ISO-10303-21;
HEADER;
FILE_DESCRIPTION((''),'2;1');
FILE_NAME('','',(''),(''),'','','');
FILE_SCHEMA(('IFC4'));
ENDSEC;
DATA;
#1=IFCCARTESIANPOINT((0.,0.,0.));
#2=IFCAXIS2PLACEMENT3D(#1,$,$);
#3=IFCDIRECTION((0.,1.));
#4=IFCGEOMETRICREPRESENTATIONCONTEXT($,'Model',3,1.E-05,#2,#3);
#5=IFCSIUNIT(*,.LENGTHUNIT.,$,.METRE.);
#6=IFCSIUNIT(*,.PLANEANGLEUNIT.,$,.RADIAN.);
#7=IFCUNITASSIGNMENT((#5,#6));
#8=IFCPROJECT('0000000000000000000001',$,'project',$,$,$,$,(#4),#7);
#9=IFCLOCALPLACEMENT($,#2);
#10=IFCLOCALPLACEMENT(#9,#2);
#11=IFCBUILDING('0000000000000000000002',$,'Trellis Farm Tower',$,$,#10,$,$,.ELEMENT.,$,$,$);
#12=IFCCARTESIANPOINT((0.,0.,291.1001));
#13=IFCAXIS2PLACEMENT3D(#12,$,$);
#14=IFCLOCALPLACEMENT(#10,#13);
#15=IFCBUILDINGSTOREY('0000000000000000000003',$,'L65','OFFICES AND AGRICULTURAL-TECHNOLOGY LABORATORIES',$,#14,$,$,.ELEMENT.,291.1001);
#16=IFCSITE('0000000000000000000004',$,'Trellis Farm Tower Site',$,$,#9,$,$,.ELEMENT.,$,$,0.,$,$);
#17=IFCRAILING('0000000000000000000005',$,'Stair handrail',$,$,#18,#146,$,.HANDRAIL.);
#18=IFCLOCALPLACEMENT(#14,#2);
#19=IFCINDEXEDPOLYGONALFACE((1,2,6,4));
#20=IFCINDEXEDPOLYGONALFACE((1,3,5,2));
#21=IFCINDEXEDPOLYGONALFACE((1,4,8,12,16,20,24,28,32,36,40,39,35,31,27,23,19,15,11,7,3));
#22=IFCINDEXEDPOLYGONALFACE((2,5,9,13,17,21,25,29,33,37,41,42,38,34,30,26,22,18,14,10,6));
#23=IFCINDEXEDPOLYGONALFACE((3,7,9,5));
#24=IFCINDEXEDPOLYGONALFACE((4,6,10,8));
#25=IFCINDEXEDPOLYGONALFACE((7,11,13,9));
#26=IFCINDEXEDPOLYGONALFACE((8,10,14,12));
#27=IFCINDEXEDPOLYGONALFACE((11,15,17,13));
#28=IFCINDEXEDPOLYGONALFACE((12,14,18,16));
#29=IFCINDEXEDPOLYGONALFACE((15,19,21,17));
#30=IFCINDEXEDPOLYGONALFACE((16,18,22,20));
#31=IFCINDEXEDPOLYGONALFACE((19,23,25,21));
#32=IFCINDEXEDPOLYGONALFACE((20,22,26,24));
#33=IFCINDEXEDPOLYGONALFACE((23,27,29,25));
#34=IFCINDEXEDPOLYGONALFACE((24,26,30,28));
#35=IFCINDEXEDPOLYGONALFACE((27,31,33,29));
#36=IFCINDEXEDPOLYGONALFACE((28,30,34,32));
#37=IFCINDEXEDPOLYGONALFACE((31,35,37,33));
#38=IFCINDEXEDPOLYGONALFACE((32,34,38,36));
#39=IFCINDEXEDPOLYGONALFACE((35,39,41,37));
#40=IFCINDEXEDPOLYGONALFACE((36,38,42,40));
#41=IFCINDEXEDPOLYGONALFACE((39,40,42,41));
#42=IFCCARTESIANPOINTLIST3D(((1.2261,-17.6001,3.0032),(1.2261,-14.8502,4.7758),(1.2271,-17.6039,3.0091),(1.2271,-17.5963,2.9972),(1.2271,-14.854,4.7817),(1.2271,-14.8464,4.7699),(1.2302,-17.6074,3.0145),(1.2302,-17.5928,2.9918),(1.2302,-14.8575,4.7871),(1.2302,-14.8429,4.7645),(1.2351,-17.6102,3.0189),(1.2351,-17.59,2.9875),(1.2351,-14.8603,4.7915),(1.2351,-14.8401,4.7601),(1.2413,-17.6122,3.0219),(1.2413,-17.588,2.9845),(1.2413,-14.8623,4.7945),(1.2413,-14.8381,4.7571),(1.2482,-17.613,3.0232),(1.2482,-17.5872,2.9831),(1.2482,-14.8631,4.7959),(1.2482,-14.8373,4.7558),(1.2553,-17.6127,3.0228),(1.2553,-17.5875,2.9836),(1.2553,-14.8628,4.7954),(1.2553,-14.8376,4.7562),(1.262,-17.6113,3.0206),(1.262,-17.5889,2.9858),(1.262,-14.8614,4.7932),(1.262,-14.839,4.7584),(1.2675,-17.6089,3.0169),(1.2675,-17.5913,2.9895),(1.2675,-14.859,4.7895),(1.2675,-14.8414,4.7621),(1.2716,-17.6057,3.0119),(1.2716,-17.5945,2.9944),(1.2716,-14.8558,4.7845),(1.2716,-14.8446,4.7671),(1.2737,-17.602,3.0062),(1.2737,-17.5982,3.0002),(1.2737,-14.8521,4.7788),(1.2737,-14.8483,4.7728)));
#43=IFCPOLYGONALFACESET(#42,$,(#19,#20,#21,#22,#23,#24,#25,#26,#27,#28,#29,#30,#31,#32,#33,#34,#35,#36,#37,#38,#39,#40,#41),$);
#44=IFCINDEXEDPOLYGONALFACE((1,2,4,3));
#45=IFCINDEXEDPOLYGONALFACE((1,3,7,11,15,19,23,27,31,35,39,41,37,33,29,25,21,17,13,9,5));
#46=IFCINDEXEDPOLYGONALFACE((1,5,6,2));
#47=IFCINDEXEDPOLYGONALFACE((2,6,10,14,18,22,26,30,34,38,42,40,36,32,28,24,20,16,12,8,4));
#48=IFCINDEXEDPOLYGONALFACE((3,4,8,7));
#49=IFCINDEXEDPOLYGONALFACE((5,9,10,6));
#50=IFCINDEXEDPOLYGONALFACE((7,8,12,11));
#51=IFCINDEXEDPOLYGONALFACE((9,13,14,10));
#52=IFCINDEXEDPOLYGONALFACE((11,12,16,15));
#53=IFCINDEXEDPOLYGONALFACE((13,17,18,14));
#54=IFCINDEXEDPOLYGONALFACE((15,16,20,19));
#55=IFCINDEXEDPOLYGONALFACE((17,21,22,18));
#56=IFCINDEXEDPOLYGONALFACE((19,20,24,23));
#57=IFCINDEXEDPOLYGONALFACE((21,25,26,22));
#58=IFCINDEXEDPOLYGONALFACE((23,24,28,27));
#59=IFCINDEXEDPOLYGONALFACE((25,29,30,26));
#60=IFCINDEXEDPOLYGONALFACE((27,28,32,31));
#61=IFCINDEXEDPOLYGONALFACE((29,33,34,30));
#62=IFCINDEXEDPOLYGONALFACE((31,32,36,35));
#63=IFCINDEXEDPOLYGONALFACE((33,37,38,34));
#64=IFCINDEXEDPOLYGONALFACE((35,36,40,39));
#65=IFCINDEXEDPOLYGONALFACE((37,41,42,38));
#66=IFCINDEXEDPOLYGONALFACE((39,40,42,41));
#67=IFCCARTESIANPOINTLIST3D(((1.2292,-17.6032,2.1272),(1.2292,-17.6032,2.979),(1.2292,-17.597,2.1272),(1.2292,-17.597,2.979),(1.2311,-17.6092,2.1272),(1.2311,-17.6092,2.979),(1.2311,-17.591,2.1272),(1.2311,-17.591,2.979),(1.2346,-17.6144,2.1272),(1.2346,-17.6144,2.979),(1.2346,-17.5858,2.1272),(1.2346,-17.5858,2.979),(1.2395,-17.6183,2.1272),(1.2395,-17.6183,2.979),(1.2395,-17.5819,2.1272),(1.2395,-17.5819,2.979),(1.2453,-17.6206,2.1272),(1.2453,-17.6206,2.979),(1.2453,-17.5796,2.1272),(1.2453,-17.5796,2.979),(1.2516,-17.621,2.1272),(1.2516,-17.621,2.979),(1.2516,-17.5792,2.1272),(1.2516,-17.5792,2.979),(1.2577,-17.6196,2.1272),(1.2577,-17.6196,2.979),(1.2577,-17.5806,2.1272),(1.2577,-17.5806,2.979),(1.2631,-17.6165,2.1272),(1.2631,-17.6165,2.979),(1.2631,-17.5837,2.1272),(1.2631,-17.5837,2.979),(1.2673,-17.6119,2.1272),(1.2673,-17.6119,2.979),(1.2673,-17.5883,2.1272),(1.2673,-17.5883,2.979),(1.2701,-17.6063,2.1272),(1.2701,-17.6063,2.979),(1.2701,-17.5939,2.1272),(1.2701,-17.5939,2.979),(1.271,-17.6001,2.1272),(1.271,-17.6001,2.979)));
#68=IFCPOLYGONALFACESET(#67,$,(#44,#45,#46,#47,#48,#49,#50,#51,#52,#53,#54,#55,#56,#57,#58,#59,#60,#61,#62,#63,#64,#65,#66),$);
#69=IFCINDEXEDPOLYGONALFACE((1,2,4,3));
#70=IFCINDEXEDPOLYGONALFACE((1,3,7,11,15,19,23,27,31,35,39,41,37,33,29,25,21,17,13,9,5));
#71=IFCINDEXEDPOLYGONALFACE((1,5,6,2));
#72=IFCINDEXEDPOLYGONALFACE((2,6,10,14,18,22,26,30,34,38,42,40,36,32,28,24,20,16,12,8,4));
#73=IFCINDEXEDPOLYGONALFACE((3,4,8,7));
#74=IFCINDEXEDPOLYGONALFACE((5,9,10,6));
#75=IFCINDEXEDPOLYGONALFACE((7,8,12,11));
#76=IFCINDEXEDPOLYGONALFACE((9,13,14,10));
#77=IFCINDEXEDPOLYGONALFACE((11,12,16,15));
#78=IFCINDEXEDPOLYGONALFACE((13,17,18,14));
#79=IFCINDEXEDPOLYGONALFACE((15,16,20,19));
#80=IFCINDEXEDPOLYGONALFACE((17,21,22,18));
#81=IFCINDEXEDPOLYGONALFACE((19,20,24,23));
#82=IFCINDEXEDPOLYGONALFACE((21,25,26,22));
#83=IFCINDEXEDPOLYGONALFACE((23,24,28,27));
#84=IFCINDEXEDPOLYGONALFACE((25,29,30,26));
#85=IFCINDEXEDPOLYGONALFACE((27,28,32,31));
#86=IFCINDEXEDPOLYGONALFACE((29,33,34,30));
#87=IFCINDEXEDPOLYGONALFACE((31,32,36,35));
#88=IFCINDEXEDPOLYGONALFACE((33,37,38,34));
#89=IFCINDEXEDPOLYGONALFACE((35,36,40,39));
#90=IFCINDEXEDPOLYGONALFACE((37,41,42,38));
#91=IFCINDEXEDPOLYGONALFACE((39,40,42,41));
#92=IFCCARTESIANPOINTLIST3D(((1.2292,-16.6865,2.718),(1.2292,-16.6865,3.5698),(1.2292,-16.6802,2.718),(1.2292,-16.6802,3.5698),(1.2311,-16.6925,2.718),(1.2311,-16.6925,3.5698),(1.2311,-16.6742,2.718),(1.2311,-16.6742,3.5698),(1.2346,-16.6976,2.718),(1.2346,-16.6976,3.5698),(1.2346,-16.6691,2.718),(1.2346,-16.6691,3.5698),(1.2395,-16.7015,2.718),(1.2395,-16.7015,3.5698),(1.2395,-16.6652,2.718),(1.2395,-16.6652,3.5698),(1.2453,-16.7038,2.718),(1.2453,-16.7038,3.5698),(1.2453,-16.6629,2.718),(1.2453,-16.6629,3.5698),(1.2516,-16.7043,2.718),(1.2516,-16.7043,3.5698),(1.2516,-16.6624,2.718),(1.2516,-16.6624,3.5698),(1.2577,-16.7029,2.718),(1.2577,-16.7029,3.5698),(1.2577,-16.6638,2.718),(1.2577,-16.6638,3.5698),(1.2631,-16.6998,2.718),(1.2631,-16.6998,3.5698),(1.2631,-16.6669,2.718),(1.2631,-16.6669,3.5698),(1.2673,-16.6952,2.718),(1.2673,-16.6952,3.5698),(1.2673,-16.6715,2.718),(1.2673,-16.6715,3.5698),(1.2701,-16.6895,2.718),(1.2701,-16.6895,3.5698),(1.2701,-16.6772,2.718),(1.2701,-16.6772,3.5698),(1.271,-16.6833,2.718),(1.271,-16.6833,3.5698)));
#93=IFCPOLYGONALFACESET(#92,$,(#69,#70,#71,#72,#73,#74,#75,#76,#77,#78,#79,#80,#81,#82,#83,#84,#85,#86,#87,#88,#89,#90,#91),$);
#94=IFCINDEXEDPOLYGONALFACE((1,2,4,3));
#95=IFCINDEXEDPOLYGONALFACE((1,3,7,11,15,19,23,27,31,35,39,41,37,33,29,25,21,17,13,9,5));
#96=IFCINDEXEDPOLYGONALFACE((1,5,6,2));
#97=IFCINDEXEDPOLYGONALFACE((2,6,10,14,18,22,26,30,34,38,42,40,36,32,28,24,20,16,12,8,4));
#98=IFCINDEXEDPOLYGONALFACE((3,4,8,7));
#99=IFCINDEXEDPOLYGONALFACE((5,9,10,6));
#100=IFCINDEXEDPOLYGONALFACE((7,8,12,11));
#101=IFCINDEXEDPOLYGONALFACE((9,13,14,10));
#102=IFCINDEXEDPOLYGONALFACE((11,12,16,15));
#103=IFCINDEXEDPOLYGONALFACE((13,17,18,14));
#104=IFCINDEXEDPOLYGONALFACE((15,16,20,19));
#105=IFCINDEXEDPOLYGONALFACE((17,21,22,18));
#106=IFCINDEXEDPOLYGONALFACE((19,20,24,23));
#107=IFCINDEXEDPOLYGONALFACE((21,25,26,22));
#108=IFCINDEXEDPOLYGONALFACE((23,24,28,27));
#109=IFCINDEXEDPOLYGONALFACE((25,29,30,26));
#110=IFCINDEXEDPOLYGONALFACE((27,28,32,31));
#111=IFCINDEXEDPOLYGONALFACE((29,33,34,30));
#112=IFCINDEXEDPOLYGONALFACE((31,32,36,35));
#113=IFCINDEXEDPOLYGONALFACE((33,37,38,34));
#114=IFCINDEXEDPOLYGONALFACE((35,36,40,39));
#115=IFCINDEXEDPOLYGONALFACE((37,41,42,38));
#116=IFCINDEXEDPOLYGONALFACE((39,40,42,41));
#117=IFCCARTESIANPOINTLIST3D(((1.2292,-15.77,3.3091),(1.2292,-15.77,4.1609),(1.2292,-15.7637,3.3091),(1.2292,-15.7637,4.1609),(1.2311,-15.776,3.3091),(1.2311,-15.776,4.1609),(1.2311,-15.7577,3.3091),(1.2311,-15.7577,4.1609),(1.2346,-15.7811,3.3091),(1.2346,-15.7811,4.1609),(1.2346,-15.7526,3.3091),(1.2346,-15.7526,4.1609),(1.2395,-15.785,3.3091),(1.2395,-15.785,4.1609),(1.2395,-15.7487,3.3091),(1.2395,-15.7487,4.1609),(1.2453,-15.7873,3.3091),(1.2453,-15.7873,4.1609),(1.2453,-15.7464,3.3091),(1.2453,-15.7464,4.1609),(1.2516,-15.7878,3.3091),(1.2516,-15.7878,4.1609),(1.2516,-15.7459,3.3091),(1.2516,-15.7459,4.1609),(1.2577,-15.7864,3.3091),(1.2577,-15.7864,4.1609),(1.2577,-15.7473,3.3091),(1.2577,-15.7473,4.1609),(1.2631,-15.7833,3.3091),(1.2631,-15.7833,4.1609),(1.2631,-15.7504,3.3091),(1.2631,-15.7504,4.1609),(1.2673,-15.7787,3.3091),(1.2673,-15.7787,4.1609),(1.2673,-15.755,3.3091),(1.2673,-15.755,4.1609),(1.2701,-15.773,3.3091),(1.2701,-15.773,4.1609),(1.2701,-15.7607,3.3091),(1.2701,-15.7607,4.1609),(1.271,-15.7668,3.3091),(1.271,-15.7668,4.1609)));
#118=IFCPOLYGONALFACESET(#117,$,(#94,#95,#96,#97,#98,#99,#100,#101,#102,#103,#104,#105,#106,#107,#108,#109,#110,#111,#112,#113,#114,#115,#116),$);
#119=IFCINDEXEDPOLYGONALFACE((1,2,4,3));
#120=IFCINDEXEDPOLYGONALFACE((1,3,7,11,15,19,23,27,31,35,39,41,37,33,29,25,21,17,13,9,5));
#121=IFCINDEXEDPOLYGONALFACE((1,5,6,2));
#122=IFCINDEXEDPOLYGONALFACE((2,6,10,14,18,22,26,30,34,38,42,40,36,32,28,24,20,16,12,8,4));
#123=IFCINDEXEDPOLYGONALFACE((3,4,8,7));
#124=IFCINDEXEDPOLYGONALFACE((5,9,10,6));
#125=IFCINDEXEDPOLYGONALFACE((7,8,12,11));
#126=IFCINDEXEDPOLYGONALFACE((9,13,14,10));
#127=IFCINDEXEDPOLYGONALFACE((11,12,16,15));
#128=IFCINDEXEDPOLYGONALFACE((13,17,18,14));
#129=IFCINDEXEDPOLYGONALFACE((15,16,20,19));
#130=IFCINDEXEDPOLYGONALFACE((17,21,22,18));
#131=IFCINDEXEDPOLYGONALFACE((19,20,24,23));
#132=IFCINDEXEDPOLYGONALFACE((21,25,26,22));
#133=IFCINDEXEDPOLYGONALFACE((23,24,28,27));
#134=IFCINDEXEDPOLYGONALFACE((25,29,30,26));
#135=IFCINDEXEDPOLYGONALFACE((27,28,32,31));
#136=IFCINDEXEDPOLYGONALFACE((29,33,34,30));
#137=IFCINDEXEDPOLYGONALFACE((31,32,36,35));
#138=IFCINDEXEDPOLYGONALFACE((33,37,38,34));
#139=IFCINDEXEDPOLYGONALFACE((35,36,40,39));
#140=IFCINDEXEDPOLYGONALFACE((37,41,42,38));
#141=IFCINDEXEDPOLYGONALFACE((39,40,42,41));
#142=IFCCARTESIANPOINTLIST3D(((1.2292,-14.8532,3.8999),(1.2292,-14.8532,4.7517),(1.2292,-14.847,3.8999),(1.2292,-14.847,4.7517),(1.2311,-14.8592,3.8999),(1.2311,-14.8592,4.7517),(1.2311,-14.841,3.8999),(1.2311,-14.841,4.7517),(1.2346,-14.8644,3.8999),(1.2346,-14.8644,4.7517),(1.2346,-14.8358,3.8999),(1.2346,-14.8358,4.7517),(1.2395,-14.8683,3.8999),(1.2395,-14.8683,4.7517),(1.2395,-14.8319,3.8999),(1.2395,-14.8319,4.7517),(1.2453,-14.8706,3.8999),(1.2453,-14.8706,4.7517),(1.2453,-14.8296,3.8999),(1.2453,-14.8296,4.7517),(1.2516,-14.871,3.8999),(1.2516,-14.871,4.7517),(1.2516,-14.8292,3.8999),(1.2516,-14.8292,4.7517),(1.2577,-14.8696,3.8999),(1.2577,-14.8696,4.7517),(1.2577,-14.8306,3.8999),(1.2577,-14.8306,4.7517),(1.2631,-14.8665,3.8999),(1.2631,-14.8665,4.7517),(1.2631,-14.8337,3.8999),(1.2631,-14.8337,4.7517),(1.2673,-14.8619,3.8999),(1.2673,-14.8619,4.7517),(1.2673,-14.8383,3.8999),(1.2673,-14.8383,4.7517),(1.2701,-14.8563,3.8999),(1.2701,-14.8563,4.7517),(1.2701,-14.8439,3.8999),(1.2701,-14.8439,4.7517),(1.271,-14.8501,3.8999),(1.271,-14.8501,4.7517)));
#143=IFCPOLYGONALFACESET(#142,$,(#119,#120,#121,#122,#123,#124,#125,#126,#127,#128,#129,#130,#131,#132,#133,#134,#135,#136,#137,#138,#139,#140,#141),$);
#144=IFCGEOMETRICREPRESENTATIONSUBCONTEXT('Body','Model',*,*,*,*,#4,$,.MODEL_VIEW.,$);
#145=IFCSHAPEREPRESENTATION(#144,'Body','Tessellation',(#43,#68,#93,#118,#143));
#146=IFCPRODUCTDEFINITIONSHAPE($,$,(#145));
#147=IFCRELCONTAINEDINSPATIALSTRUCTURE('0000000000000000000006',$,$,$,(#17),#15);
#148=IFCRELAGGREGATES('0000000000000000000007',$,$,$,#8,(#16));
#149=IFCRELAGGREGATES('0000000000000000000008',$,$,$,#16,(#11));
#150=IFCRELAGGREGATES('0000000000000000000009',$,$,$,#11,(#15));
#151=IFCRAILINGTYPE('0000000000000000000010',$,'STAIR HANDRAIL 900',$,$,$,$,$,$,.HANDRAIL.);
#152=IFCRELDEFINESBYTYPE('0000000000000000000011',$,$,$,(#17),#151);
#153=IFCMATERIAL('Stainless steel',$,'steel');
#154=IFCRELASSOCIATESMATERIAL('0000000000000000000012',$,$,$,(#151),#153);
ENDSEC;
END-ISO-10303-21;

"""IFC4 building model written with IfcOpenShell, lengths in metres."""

from ifc_helpers import new_model, si_unit, direction, frame, origin, origin_2d, place, context, subcontext, project, spatial, circle, extrude, source, transform, mapped, material, type_object, element, save


model = new_model("IFC4")

# Units and contexts
model_context = context("Model", 3, precision=1e-05, world=origin(), true_north=direction((0.0, 1.0)))
body_context = subcontext(model_context, "Body", "Model", "MODEL_VIEW")
ifc_project = project(units=[si_unit("LENGTHUNIT", "METRE"), si_unit("PLANEANGLEUNIT", "RADIAN")], contexts=[model_context])

# Site, building, storey
site_placement = place(None, origin())
site = spatial("IfcSite", under=ifc_project, at=site_placement, Name="Trellis Farm Tower Site", CompositionType="ELEMENT", RefElevation=0.0)
building_placement = place(site_placement, origin())
building = spatial("IfcBuilding", under=site, at=building_placement, Name="Trellis Farm Tower", CompositionType="ELEMENT")
storey_placement = place(building_placement, frame((0.0, 0.0, 291.1001)))
storey = spatial("IfcBuildingStorey", under=building, at=storey_placement, Name="L65", Description="OFFICES AND AGRICULTURAL-TECHNOLOGY LABORATORIES", CompositionType="ELEMENT", Elevation=291.1001)

# Railing
ifc_material_1 = material(Name="Stainless steel", Category="steel")
railing_type = type_object("IfcRailingType", Name="STAIR HANDRAIL 900", PredefinedType="HANDRAIL", material=ifc_material_1)
shared_shape_1 = source(origin(), body_context, "Body", "SweptSolid", [
    extrude(circle(Radius=0.0239, at=origin_2d()), frame((0.0, 0.0, 0.876), z_axis=(0.0, 0.840504, 0.541806), x_axis=(-1.0, 0.0, 0.0)), (0.0, 0.0, 1.0), 3.2717),
    extrude(circle(Radius=0.021, at=origin_2d()), origin(), (0.0, 0.0, 1.0), 0.8518),
    extrude(circle(Radius=0.021, at=origin_2d()), frame((0.0, 0.9167, 0.5908)), (0.0, 0.0, 1.0), 0.8518),
    extrude(circle(Radius=0.021, at=origin_2d()), frame((0.0, 1.8333, 1.1819)), (0.0, 0.0, 1.0), 0.8518),
    extrude(circle(Radius=0.021, at=origin_2d()), frame((0.0, 2.75, 1.7727)), (0.0, 0.0, 1.0), 0.8518),
])
railing_placement = place(storey_placement, frame((1.25, -17.6001, 2.1272)))
element("IfcRailing", 1, at=railing_placement, inside=storey, type_object=railing_type, Name="Stair handrail", PredefinedType="HANDRAIL", context=body_context, shape_type="MappedRepresentation", body=[
    mapped(shared_shape_1, transform((0.0, 0.0, 0.0))),
])

save(model, "model.ifc")
